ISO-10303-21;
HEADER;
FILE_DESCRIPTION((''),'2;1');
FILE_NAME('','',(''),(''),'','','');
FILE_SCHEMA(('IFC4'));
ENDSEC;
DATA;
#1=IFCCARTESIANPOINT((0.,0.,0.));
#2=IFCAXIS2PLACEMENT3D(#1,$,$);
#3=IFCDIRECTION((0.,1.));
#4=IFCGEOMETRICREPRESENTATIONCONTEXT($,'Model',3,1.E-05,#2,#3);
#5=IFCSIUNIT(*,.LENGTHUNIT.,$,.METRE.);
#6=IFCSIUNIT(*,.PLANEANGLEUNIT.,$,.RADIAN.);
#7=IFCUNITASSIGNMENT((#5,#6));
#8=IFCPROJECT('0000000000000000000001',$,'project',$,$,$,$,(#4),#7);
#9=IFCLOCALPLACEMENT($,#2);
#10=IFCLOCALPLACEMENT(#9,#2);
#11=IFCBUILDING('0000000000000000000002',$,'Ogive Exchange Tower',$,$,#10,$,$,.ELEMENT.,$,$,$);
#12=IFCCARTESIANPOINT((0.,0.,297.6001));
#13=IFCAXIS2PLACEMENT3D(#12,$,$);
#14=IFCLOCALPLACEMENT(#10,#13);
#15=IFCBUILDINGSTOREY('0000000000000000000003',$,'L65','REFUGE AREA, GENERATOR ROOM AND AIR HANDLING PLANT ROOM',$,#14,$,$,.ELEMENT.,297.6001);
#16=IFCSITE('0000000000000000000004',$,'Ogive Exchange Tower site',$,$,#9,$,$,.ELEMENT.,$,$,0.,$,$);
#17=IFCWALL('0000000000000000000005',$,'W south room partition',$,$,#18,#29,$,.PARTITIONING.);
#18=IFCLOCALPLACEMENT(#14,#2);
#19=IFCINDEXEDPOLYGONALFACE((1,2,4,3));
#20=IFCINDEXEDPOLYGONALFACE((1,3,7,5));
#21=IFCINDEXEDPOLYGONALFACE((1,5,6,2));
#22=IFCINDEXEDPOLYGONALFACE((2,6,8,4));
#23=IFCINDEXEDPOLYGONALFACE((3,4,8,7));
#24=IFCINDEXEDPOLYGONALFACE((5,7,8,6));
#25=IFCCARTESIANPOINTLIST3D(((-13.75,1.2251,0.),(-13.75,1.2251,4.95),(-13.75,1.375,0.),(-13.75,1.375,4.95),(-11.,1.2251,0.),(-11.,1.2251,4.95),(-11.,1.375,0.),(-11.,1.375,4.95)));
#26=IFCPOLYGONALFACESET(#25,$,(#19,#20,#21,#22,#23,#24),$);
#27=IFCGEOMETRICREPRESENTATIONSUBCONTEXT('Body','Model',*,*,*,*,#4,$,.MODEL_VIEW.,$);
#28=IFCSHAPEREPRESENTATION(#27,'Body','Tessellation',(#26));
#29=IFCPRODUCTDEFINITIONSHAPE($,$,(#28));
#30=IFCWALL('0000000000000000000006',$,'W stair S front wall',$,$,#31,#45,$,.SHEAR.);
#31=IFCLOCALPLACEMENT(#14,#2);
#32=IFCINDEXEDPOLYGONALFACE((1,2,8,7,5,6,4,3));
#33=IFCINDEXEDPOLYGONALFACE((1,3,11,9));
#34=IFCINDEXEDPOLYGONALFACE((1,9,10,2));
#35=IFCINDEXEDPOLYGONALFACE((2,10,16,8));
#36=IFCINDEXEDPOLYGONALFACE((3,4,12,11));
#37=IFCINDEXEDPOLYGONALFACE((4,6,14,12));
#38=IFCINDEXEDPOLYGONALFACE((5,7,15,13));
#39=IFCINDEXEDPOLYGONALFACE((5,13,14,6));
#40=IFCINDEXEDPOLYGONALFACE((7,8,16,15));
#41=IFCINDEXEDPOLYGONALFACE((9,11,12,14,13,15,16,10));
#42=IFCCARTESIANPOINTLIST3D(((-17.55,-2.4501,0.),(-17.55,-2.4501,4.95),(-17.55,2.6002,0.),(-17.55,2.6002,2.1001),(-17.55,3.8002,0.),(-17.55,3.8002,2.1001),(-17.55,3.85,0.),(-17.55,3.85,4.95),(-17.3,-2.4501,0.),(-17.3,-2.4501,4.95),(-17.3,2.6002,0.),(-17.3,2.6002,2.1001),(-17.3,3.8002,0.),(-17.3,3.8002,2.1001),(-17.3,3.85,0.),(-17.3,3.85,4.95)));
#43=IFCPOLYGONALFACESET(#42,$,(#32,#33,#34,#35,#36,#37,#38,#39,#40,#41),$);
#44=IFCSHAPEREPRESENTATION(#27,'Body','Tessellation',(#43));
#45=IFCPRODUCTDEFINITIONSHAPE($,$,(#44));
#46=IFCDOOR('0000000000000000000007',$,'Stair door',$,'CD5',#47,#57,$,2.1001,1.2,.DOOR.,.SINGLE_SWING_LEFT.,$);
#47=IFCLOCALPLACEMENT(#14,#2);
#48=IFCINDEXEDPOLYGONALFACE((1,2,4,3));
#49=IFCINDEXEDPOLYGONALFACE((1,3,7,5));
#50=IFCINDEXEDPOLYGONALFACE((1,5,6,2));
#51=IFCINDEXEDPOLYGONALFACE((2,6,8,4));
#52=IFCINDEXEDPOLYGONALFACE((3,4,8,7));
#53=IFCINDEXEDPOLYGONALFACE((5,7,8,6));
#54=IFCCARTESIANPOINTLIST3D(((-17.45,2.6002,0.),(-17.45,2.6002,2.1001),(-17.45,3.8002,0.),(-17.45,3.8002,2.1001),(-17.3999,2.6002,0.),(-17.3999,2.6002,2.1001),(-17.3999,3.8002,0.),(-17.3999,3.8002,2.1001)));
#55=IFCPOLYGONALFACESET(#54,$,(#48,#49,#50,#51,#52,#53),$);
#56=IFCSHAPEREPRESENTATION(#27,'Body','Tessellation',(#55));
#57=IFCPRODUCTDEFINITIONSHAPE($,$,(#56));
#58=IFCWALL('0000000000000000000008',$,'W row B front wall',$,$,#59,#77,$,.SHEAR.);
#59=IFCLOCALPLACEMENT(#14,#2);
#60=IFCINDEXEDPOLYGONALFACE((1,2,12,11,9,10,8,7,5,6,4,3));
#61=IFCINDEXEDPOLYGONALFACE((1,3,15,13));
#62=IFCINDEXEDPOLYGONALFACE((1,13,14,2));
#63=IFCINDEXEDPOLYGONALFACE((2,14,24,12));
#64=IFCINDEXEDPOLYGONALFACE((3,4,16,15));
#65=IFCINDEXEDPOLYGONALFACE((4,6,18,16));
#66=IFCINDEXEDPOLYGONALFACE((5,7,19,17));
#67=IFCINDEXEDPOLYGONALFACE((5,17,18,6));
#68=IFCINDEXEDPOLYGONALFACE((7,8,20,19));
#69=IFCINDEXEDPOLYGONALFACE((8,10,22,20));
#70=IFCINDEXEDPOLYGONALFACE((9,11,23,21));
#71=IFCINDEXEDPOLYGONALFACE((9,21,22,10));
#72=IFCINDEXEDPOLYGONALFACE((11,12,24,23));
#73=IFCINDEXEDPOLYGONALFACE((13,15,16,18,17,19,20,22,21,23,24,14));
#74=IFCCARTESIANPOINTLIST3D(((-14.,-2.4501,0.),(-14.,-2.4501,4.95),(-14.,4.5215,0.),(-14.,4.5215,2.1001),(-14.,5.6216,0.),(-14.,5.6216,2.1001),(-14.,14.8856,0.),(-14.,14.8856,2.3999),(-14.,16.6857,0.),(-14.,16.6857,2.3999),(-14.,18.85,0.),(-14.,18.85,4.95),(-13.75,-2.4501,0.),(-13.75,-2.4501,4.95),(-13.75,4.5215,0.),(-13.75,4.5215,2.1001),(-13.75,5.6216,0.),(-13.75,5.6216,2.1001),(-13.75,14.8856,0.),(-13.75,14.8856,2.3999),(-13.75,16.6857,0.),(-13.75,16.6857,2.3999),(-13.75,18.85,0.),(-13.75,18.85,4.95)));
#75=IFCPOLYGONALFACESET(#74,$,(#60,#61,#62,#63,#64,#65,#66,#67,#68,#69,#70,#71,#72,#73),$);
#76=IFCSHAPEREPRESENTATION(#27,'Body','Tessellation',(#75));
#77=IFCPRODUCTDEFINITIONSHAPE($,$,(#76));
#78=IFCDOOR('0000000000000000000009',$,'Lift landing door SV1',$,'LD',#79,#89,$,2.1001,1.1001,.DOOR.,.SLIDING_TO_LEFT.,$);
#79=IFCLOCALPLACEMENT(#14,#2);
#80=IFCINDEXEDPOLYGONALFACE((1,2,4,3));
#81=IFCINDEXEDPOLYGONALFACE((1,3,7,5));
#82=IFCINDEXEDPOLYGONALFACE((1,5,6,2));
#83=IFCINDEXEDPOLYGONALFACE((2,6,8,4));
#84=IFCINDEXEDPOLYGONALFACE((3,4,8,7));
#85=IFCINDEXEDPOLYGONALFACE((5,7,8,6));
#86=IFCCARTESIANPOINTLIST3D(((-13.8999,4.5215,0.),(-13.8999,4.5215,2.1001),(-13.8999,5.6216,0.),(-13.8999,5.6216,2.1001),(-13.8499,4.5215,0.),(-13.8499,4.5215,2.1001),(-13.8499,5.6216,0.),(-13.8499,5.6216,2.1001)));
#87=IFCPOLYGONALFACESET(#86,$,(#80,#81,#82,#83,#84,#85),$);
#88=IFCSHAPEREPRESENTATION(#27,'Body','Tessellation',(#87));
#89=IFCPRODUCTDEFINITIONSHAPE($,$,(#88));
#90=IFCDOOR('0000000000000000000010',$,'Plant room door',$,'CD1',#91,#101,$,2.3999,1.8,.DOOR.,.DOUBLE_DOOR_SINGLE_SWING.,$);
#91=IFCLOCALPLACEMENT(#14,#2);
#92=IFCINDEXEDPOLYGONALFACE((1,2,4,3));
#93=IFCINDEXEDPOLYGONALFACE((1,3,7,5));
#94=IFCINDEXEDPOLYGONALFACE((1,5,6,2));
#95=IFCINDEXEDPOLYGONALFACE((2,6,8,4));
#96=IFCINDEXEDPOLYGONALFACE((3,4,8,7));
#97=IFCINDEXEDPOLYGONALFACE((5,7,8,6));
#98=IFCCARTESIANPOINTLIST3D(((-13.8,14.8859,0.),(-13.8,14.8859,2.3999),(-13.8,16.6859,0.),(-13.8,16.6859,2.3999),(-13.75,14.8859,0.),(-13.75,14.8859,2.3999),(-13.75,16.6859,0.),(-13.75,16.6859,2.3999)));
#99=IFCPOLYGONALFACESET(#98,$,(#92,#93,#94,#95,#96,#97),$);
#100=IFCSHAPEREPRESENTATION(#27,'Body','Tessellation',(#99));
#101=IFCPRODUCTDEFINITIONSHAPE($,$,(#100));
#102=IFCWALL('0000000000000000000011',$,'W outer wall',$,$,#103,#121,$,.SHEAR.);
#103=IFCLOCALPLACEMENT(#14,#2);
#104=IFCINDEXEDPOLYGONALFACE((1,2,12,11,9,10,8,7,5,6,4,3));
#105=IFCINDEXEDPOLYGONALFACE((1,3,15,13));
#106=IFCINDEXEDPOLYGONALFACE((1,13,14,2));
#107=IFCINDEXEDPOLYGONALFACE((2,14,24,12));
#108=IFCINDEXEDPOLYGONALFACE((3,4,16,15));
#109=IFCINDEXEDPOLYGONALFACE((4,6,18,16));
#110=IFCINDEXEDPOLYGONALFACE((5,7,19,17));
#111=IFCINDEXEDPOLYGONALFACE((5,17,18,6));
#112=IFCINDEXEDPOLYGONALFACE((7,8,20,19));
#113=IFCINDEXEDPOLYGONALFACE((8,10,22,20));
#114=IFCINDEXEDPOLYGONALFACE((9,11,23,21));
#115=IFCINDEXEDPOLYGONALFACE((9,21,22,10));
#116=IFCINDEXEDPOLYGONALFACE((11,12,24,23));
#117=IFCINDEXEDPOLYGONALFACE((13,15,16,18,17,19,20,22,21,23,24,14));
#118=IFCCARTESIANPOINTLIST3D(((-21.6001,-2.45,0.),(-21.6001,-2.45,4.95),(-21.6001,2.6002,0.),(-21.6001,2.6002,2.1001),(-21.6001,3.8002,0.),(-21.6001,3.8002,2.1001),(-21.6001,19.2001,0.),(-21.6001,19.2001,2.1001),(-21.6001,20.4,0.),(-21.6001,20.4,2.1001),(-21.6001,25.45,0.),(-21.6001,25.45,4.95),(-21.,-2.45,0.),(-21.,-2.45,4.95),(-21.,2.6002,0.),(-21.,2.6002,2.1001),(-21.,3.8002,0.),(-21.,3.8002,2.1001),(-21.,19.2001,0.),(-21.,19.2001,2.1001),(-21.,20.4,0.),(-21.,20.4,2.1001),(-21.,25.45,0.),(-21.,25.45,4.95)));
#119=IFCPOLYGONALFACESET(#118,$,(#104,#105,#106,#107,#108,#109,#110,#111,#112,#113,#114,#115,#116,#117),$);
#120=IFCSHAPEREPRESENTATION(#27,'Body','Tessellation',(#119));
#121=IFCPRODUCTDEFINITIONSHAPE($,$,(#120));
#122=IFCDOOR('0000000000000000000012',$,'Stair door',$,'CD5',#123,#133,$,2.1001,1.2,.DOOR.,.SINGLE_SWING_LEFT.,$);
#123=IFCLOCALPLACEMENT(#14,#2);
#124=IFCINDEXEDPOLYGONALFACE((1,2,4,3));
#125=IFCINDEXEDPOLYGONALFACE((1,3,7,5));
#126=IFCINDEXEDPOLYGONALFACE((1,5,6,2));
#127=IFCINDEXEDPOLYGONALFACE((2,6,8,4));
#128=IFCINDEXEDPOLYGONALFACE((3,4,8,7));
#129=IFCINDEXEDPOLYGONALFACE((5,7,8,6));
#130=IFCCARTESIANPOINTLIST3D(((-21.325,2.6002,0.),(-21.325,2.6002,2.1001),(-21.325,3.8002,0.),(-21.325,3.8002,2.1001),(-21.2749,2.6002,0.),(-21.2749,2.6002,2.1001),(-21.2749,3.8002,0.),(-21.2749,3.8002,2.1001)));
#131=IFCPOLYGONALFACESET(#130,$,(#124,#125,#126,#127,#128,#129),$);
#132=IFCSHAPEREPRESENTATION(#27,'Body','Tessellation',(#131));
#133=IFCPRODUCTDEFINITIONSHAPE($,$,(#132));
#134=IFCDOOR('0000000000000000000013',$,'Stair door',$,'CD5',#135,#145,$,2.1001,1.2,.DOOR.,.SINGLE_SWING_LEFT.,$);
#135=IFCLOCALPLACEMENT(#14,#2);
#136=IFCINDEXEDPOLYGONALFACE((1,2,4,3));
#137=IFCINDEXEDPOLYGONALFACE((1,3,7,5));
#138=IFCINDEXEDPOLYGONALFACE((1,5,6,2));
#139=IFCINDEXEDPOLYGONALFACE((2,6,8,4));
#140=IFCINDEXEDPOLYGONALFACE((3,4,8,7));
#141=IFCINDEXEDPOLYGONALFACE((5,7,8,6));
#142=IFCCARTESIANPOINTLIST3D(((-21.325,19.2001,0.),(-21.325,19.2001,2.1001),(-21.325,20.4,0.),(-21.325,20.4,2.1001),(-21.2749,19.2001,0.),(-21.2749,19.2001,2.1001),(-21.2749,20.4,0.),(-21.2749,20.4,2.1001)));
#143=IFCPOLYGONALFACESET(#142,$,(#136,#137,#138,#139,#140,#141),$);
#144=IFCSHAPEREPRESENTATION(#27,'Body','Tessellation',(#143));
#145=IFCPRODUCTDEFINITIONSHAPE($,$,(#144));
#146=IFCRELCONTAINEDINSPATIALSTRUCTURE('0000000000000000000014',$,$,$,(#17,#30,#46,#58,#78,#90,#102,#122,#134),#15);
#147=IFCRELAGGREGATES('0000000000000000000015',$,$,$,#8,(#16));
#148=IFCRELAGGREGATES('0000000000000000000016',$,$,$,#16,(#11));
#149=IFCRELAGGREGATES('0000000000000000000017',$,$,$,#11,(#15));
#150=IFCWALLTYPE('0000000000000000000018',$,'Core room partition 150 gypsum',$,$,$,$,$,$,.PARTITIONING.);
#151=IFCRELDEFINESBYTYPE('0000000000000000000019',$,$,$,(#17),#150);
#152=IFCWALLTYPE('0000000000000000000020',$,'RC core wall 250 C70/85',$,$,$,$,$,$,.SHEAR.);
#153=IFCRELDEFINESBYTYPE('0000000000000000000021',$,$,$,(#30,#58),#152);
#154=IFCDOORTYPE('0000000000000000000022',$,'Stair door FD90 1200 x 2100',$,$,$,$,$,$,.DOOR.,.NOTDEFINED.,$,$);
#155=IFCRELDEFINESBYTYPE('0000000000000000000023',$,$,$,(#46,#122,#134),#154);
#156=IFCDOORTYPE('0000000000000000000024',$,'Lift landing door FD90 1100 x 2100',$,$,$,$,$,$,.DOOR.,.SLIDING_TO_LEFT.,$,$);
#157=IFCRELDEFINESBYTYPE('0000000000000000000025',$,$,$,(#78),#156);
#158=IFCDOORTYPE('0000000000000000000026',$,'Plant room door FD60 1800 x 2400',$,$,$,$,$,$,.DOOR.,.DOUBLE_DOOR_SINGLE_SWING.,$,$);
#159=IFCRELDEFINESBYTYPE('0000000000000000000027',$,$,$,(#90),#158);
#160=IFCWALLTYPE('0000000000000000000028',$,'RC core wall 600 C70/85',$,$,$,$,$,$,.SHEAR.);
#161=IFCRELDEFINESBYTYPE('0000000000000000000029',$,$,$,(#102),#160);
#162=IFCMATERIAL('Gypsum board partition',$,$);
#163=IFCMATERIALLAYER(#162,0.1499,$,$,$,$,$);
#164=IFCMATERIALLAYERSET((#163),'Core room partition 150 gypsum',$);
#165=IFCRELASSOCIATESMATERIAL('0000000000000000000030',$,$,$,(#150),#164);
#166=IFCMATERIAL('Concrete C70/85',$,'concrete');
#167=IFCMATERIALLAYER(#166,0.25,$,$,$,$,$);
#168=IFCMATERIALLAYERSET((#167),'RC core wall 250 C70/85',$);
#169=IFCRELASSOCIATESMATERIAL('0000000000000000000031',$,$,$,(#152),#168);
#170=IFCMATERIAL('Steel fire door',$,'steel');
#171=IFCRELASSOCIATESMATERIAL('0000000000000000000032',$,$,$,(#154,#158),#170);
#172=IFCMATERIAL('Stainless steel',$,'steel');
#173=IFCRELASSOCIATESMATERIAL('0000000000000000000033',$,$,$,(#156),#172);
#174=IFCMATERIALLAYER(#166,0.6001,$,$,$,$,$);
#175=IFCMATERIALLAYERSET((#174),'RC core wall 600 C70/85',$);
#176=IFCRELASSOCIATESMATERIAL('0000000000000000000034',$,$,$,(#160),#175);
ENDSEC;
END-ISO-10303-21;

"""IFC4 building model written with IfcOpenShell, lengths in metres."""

from ifc_helpers import new_model, si_unit, direction, frame, frame_2d, origin, place, context, subcontext, project, spatial, rectangle, extrude, material, layer, layer_set, type_object, element, fill, save


model = new_model("IFC4")

# Units and contexts
model_context = context("Model", 3, precision=1e-05, world=origin(), true_north=direction((0.0, 1.0)))
body_context = subcontext(model_context, "Body", "Model", "MODEL_VIEW")
ifc_project = project(units=[si_unit("LENGTHUNIT", "METRE"), si_unit("PLANEANGLEUNIT", "RADIAN")], contexts=[model_context])

# Site, building, storey
site_placement = place(None, origin())
site = spatial("IfcSite", under=ifc_project, at=site_placement, Name="Ogive Exchange Tower site", CompositionType="ELEMENT", RefElevation=0.0)
building_placement = place(site_placement, origin())
building = spatial("IfcBuilding", under=site, at=building_placement, Name="Ogive Exchange Tower", CompositionType="ELEMENT")
storey_placement = place(building_placement, frame((0.0, 0.0, 297.6001)))
storey = spatial("IfcBuildingStorey", under=building, at=storey_placement, Name="L65", Description="REFUGE AREA, GENERATOR ROOM AND AIR HANDLING PLANT ROOM", CompositionType="ELEMENT", Elevation=297.6001)

# Wall
ifc_material_1 = material(Name="Gypsum board partition")
ifc_layer_1 = layer(ifc_material_1, 0.1499)
ifc_layer_set_1 = layer_set([ifc_layer_1], Name="Core room partition 150 gypsum")
wall_type_1 = type_object("IfcWallType", Name="Core room partition 150 gypsum", PredefinedType="PARTITIONING", material=ifc_layer_set_1)
wall_1_placement = place(storey_placement, frame((-13.75, 1.3, 0.0), z_axis=(0.0, 0.0, 1.0), x_axis=(1.0, 0.0, 0.0)))
element("IfcWall", 1, at=wall_1_placement, inside=storey, type_object=wall_type_1, Name="W south room partition", PredefinedType="PARTITIONING", context=body_context, shape_type="SweptSolid", body=[
    extrude(rectangle(XDim=2.75, YDim=0.1499, at=frame_2d((1.375, 0.0))), origin(), (0.0, 0.0, 1.0), 4.95),
])

# Wall, opening, door
ifc_material_2 = material(Name="Concrete C70/85", Category="concrete")
ifc_layer_2 = layer(ifc_material_2, 0.25)
ifc_layer_set_2 = layer_set([ifc_layer_2], Name="RC core wall 250 C70/85")
wall_type_2 = type_object("IfcWallType", Name="RC core wall 250 C70/85", PredefinedType="SHEAR", material=ifc_layer_set_2)
wall_2_placement = place(storey_placement, frame((-17.425, -2.45, 0.0), z_axis=(0.0, 0.0, 1.0), x_axis=(0.0, 1.0, 0.0)))
wall_2 = element("IfcWall", 2, at=wall_2_placement, inside=storey, type_object=wall_type_2, Name="W stair S front wall", PredefinedType="SHEAR", context=body_context, shape_type="SweptSolid", body=[
    extrude(rectangle(XDim=6.3, YDim=0.25, at=frame_2d((3.1499, 0.0))), origin(), (0.0, 0.0, 1.0), 4.95),
])
opening_1_placement = place(wall_2_placement, frame((5.05, 0.0, 0.0)))
opening_1 = element("IfcOpeningElement", 3, at=opening_1_placement, cuts=wall_2, PredefinedType="OPENING", context=body_context, shape_type="SweptSolid", body=[
    extrude(rectangle(XDim=1.2, YDim=2.1001, at=frame_2d((0.6001, 1.05))), frame((0.0, 0.135, 0.0), z_axis=(0.0, -1.0, 0.0), x_axis=(1.0, 0.0, 0.0)), (0.0, 0.0, 1.0), 0.27),
])
ifc_material_3 = material(Name="Steel fire door", Category="steel")
door_type_1 = type_object("IfcDoorType", Name="Stair door FD90 1200 x 2100", OperationType="NOTDEFINED", PredefinedType="DOOR", material=ifc_material_3)
door_1_placement = place(opening_1_placement, origin())
door_1 = element("IfcDoor", 4, at=door_1_placement, inside=storey, type_object=door_type_1, Name="Stair door", ObjectType="CD5", OperationType="SINGLE_SWING_LEFT", OverallHeight=2.1001, OverallWidth=1.2, PredefinedType="DOOR", context=body_context, shape_type="SweptSolid", body=[
    extrude(rectangle(XDim=1.2, YDim=2.1001, at=frame_2d((0.6001, 1.05))), frame((0.0, 0.0249, 0.0), z_axis=(0.0, -1.0, 0.0), x_axis=(1.0, 0.0, 0.0)), (0.0, 0.0, 1.0), 0.05),
])
fill(opening_1, door_1)

# Walls, openings, doors
wall_3_placement = place(storey_placement, frame((-13.875, -2.45, 0.0), z_axis=(0.0, 0.0, 1.0), x_axis=(0.0, 1.0, 0.0)))
wall_3 = element("IfcWall", 5, at=wall_3_placement, inside=storey, type_object=wall_type_2, Name="W row B front wall", PredefinedType="SHEAR", context=body_context, shape_type="SweptSolid", body=[
    extrude(rectangle(XDim=21.3, YDim=0.25, at=frame_2d((10.6499, 0.0))), origin(), (0.0, 0.0, 1.0), 4.95),
])
opening_2_placement = place(wall_3_placement, frame((17.3357, 0.0, 0.0)))
opening_2 = element("IfcOpeningElement", 6, at=opening_2_placement, cuts=wall_3, PredefinedType="OPENING", context=body_context, shape_type="SweptSolid", body=[
    extrude(rectangle(XDim=1.8, YDim=2.3999, at=frame_2d((0.8999, 1.2))), frame((0.0, 0.135, 0.0), z_axis=(0.0, -1.0, 0.0), x_axis=(1.0, 0.0, 0.0)), (0.0, 0.0, 1.0), 0.27),
])
opening_3_placement = place(wall_3_placement, frame((6.9714, 0.0, 0.0)))
opening_3 = element("IfcOpeningElement", 7, at=opening_3_placement, cuts=wall_3, PredefinedType="OPENING", context=body_context, shape_type="SweptSolid", body=[
    extrude(rectangle(XDim=1.1001, YDim=2.1001, at=frame_2d((0.55, 1.05))), frame((0.0, 0.135, 0.0), z_axis=(0.0, -1.0, 0.0), x_axis=(1.0, 0.0, 0.0)), (0.0, 0.0, 1.0), 0.27),
])
ifc_material_4 = material(Name="Stainless steel", Category="steel")
door_type_2 = type_object("IfcDoorType", Name="Lift landing door FD90 1100 x 2100", OperationType="SLIDING_TO_LEFT", PredefinedType="DOOR", material=ifc_material_4)
door_2_placement = place(opening_3_placement, origin())
door_2 = element("IfcDoor", 8, at=door_2_placement, inside=storey, type_object=door_type_2, Name="Lift landing door SV1", ObjectType="LD", OperationType="SLIDING_TO_LEFT", OverallHeight=2.1001, OverallWidth=1.1001, PredefinedType="DOOR", context=body_context, shape_type="SweptSolid", body=[
    extrude(rectangle(XDim=1.1001, YDim=2.1001, at=frame_2d((0.55, 1.05))), frame((0.0, 0.0249, 0.0), z_axis=(0.0, -1.0, 0.0), x_axis=(1.0, 0.0, 0.0)), (0.0, 0.0, 1.0), 0.05),
])
fill(opening_3, door_2)
door_type_3 = type_object("IfcDoorType", Name="Plant room door FD60 1800 x 2400", OperationType="DOUBLE_DOOR_SINGLE_SWING", PredefinedType="DOOR", material=ifc_material_3)
door_3_placement = place(opening_2_placement, frame((1.8, -0.2002, 0.0), z_axis=(0.0, 0.0, 1.0), x_axis=(-1.0, 0.0, 0.0)))
door_3 = element("IfcDoor", 9, at=door_3_placement, inside=storey, type_object=door_type_3, Name="Plant room door", ObjectType="CD1", OperationType="DOUBLE_DOOR_SINGLE_SWING", OverallHeight=2.3999, OverallWidth=1.8, PredefinedType="DOOR", context=body_context, shape_type="SweptSolid", body=[
    extrude(rectangle(XDim=1.8, YDim=2.3999, at=frame_2d((0.8999, 1.2))), frame((0.0, -0.0752, 0.0), z_axis=(0.0, -1.0, 0.0), x_axis=(1.0, 0.0, 0.0)), (0.0, 0.0, 1.0), 0.05),
])
fill(opening_2, door_3)
ifc_layer_3 = layer(ifc_material_2, 0.6001)
ifc_layer_set_3 = layer_set([ifc_layer_3], Name="RC core wall 600 C70/85")
wall_type_3 = type_object("IfcWallType", Name="RC core wall 600 C70/85", PredefinedType="SHEAR", material=ifc_layer_set_3)
wall_4_placement = place(storey_placement, frame((-21.3, -2.45, 0.0), z_axis=(0.0, 0.0, 1.0), x_axis=(0.0, 1.0, 0.0)))
wall_4 = element("IfcWall", 10, at=wall_4_placement, inside=storey, type_object=wall_type_3, Name="W outer wall", PredefinedType="SHEAR", context=body_context, shape_type="SweptSolid", body=[
    extrude(rectangle(XDim=27.8999, YDim=0.6001, at=frame_2d((13.95, 0.0))), origin(), (0.0, 0.0, 1.0), 4.95),
])
opening_4_placement = place(wall_4_placement, frame((5.05, 0.0, 0.0)))
opening_4 = element("IfcOpeningElement", 11, at=opening_4_placement, cuts=wall_4, PredefinedType="OPENING", context=body_context, shape_type="SweptSolid", body=[
    extrude(rectangle(XDim=1.2, YDim=2.1001, at=frame_2d((0.6001, 1.05))), frame((0.0, 0.3101, 0.0), z_axis=(0.0, -1.0, 0.0), x_axis=(1.0, 0.0, 0.0)), (0.0, 0.0, 1.0), 0.6201),
])
opening_5_placement = place(wall_4_placement, frame((21.6499, 0.0, 0.0)))
opening_5 = element("IfcOpeningElement", 12, at=opening_5_placement, cuts=wall_4, PredefinedType="OPENING", context=body_context, shape_type="SweptSolid", body=[
    extrude(rectangle(XDim=1.2, YDim=2.1001, at=frame_2d((0.6001, 1.05))), frame((0.0, 0.3101, 0.0), z_axis=(0.0, -1.0, 0.0), x_axis=(1.0, 0.0, 0.0)), (0.0, 0.0, 1.0), 0.6201),
])
door_4_placement = place(opening_4_placement, origin())
door_4 = element("IfcDoor", 13, at=door_4_placement, inside=storey, type_object=door_type_1, Name="Stair door", ObjectType="CD5", OperationType="SINGLE_SWING_LEFT", OverallHeight=2.1001, OverallWidth=1.2, PredefinedType="DOOR", context=body_context, shape_type="SweptSolid", body=[
    extrude(rectangle(XDim=1.2, YDim=2.1001, at=frame_2d((0.6001, 1.05))), frame((0.0, 0.0249, 0.0), z_axis=(0.0, -1.0, 0.0), x_axis=(1.0, 0.0, 0.0)), (0.0, 0.0, 1.0), 0.05),
])
fill(opening_4, door_4)
door_5_placement = place(opening_5_placement, origin())
door_5 = element("IfcDoor", 14, at=door_5_placement, inside=storey, type_object=door_type_1, Name="Stair door", ObjectType="CD5", OperationType="SINGLE_SWING_LEFT", OverallHeight=2.1001, OverallWidth=1.2, PredefinedType="DOOR", context=body_context, shape_type="SweptSolid", body=[
    extrude(rectangle(XDim=1.2, YDim=2.1001, at=frame_2d((0.6001, 1.05))), frame((0.0, 0.0249, 0.0), z_axis=(0.0, -1.0, 0.0), x_axis=(1.0, 0.0, 0.0)), (0.0, 0.0, 1.0), 0.05),
])
fill(opening_5, door_5)

save(model, "model.ifc")
